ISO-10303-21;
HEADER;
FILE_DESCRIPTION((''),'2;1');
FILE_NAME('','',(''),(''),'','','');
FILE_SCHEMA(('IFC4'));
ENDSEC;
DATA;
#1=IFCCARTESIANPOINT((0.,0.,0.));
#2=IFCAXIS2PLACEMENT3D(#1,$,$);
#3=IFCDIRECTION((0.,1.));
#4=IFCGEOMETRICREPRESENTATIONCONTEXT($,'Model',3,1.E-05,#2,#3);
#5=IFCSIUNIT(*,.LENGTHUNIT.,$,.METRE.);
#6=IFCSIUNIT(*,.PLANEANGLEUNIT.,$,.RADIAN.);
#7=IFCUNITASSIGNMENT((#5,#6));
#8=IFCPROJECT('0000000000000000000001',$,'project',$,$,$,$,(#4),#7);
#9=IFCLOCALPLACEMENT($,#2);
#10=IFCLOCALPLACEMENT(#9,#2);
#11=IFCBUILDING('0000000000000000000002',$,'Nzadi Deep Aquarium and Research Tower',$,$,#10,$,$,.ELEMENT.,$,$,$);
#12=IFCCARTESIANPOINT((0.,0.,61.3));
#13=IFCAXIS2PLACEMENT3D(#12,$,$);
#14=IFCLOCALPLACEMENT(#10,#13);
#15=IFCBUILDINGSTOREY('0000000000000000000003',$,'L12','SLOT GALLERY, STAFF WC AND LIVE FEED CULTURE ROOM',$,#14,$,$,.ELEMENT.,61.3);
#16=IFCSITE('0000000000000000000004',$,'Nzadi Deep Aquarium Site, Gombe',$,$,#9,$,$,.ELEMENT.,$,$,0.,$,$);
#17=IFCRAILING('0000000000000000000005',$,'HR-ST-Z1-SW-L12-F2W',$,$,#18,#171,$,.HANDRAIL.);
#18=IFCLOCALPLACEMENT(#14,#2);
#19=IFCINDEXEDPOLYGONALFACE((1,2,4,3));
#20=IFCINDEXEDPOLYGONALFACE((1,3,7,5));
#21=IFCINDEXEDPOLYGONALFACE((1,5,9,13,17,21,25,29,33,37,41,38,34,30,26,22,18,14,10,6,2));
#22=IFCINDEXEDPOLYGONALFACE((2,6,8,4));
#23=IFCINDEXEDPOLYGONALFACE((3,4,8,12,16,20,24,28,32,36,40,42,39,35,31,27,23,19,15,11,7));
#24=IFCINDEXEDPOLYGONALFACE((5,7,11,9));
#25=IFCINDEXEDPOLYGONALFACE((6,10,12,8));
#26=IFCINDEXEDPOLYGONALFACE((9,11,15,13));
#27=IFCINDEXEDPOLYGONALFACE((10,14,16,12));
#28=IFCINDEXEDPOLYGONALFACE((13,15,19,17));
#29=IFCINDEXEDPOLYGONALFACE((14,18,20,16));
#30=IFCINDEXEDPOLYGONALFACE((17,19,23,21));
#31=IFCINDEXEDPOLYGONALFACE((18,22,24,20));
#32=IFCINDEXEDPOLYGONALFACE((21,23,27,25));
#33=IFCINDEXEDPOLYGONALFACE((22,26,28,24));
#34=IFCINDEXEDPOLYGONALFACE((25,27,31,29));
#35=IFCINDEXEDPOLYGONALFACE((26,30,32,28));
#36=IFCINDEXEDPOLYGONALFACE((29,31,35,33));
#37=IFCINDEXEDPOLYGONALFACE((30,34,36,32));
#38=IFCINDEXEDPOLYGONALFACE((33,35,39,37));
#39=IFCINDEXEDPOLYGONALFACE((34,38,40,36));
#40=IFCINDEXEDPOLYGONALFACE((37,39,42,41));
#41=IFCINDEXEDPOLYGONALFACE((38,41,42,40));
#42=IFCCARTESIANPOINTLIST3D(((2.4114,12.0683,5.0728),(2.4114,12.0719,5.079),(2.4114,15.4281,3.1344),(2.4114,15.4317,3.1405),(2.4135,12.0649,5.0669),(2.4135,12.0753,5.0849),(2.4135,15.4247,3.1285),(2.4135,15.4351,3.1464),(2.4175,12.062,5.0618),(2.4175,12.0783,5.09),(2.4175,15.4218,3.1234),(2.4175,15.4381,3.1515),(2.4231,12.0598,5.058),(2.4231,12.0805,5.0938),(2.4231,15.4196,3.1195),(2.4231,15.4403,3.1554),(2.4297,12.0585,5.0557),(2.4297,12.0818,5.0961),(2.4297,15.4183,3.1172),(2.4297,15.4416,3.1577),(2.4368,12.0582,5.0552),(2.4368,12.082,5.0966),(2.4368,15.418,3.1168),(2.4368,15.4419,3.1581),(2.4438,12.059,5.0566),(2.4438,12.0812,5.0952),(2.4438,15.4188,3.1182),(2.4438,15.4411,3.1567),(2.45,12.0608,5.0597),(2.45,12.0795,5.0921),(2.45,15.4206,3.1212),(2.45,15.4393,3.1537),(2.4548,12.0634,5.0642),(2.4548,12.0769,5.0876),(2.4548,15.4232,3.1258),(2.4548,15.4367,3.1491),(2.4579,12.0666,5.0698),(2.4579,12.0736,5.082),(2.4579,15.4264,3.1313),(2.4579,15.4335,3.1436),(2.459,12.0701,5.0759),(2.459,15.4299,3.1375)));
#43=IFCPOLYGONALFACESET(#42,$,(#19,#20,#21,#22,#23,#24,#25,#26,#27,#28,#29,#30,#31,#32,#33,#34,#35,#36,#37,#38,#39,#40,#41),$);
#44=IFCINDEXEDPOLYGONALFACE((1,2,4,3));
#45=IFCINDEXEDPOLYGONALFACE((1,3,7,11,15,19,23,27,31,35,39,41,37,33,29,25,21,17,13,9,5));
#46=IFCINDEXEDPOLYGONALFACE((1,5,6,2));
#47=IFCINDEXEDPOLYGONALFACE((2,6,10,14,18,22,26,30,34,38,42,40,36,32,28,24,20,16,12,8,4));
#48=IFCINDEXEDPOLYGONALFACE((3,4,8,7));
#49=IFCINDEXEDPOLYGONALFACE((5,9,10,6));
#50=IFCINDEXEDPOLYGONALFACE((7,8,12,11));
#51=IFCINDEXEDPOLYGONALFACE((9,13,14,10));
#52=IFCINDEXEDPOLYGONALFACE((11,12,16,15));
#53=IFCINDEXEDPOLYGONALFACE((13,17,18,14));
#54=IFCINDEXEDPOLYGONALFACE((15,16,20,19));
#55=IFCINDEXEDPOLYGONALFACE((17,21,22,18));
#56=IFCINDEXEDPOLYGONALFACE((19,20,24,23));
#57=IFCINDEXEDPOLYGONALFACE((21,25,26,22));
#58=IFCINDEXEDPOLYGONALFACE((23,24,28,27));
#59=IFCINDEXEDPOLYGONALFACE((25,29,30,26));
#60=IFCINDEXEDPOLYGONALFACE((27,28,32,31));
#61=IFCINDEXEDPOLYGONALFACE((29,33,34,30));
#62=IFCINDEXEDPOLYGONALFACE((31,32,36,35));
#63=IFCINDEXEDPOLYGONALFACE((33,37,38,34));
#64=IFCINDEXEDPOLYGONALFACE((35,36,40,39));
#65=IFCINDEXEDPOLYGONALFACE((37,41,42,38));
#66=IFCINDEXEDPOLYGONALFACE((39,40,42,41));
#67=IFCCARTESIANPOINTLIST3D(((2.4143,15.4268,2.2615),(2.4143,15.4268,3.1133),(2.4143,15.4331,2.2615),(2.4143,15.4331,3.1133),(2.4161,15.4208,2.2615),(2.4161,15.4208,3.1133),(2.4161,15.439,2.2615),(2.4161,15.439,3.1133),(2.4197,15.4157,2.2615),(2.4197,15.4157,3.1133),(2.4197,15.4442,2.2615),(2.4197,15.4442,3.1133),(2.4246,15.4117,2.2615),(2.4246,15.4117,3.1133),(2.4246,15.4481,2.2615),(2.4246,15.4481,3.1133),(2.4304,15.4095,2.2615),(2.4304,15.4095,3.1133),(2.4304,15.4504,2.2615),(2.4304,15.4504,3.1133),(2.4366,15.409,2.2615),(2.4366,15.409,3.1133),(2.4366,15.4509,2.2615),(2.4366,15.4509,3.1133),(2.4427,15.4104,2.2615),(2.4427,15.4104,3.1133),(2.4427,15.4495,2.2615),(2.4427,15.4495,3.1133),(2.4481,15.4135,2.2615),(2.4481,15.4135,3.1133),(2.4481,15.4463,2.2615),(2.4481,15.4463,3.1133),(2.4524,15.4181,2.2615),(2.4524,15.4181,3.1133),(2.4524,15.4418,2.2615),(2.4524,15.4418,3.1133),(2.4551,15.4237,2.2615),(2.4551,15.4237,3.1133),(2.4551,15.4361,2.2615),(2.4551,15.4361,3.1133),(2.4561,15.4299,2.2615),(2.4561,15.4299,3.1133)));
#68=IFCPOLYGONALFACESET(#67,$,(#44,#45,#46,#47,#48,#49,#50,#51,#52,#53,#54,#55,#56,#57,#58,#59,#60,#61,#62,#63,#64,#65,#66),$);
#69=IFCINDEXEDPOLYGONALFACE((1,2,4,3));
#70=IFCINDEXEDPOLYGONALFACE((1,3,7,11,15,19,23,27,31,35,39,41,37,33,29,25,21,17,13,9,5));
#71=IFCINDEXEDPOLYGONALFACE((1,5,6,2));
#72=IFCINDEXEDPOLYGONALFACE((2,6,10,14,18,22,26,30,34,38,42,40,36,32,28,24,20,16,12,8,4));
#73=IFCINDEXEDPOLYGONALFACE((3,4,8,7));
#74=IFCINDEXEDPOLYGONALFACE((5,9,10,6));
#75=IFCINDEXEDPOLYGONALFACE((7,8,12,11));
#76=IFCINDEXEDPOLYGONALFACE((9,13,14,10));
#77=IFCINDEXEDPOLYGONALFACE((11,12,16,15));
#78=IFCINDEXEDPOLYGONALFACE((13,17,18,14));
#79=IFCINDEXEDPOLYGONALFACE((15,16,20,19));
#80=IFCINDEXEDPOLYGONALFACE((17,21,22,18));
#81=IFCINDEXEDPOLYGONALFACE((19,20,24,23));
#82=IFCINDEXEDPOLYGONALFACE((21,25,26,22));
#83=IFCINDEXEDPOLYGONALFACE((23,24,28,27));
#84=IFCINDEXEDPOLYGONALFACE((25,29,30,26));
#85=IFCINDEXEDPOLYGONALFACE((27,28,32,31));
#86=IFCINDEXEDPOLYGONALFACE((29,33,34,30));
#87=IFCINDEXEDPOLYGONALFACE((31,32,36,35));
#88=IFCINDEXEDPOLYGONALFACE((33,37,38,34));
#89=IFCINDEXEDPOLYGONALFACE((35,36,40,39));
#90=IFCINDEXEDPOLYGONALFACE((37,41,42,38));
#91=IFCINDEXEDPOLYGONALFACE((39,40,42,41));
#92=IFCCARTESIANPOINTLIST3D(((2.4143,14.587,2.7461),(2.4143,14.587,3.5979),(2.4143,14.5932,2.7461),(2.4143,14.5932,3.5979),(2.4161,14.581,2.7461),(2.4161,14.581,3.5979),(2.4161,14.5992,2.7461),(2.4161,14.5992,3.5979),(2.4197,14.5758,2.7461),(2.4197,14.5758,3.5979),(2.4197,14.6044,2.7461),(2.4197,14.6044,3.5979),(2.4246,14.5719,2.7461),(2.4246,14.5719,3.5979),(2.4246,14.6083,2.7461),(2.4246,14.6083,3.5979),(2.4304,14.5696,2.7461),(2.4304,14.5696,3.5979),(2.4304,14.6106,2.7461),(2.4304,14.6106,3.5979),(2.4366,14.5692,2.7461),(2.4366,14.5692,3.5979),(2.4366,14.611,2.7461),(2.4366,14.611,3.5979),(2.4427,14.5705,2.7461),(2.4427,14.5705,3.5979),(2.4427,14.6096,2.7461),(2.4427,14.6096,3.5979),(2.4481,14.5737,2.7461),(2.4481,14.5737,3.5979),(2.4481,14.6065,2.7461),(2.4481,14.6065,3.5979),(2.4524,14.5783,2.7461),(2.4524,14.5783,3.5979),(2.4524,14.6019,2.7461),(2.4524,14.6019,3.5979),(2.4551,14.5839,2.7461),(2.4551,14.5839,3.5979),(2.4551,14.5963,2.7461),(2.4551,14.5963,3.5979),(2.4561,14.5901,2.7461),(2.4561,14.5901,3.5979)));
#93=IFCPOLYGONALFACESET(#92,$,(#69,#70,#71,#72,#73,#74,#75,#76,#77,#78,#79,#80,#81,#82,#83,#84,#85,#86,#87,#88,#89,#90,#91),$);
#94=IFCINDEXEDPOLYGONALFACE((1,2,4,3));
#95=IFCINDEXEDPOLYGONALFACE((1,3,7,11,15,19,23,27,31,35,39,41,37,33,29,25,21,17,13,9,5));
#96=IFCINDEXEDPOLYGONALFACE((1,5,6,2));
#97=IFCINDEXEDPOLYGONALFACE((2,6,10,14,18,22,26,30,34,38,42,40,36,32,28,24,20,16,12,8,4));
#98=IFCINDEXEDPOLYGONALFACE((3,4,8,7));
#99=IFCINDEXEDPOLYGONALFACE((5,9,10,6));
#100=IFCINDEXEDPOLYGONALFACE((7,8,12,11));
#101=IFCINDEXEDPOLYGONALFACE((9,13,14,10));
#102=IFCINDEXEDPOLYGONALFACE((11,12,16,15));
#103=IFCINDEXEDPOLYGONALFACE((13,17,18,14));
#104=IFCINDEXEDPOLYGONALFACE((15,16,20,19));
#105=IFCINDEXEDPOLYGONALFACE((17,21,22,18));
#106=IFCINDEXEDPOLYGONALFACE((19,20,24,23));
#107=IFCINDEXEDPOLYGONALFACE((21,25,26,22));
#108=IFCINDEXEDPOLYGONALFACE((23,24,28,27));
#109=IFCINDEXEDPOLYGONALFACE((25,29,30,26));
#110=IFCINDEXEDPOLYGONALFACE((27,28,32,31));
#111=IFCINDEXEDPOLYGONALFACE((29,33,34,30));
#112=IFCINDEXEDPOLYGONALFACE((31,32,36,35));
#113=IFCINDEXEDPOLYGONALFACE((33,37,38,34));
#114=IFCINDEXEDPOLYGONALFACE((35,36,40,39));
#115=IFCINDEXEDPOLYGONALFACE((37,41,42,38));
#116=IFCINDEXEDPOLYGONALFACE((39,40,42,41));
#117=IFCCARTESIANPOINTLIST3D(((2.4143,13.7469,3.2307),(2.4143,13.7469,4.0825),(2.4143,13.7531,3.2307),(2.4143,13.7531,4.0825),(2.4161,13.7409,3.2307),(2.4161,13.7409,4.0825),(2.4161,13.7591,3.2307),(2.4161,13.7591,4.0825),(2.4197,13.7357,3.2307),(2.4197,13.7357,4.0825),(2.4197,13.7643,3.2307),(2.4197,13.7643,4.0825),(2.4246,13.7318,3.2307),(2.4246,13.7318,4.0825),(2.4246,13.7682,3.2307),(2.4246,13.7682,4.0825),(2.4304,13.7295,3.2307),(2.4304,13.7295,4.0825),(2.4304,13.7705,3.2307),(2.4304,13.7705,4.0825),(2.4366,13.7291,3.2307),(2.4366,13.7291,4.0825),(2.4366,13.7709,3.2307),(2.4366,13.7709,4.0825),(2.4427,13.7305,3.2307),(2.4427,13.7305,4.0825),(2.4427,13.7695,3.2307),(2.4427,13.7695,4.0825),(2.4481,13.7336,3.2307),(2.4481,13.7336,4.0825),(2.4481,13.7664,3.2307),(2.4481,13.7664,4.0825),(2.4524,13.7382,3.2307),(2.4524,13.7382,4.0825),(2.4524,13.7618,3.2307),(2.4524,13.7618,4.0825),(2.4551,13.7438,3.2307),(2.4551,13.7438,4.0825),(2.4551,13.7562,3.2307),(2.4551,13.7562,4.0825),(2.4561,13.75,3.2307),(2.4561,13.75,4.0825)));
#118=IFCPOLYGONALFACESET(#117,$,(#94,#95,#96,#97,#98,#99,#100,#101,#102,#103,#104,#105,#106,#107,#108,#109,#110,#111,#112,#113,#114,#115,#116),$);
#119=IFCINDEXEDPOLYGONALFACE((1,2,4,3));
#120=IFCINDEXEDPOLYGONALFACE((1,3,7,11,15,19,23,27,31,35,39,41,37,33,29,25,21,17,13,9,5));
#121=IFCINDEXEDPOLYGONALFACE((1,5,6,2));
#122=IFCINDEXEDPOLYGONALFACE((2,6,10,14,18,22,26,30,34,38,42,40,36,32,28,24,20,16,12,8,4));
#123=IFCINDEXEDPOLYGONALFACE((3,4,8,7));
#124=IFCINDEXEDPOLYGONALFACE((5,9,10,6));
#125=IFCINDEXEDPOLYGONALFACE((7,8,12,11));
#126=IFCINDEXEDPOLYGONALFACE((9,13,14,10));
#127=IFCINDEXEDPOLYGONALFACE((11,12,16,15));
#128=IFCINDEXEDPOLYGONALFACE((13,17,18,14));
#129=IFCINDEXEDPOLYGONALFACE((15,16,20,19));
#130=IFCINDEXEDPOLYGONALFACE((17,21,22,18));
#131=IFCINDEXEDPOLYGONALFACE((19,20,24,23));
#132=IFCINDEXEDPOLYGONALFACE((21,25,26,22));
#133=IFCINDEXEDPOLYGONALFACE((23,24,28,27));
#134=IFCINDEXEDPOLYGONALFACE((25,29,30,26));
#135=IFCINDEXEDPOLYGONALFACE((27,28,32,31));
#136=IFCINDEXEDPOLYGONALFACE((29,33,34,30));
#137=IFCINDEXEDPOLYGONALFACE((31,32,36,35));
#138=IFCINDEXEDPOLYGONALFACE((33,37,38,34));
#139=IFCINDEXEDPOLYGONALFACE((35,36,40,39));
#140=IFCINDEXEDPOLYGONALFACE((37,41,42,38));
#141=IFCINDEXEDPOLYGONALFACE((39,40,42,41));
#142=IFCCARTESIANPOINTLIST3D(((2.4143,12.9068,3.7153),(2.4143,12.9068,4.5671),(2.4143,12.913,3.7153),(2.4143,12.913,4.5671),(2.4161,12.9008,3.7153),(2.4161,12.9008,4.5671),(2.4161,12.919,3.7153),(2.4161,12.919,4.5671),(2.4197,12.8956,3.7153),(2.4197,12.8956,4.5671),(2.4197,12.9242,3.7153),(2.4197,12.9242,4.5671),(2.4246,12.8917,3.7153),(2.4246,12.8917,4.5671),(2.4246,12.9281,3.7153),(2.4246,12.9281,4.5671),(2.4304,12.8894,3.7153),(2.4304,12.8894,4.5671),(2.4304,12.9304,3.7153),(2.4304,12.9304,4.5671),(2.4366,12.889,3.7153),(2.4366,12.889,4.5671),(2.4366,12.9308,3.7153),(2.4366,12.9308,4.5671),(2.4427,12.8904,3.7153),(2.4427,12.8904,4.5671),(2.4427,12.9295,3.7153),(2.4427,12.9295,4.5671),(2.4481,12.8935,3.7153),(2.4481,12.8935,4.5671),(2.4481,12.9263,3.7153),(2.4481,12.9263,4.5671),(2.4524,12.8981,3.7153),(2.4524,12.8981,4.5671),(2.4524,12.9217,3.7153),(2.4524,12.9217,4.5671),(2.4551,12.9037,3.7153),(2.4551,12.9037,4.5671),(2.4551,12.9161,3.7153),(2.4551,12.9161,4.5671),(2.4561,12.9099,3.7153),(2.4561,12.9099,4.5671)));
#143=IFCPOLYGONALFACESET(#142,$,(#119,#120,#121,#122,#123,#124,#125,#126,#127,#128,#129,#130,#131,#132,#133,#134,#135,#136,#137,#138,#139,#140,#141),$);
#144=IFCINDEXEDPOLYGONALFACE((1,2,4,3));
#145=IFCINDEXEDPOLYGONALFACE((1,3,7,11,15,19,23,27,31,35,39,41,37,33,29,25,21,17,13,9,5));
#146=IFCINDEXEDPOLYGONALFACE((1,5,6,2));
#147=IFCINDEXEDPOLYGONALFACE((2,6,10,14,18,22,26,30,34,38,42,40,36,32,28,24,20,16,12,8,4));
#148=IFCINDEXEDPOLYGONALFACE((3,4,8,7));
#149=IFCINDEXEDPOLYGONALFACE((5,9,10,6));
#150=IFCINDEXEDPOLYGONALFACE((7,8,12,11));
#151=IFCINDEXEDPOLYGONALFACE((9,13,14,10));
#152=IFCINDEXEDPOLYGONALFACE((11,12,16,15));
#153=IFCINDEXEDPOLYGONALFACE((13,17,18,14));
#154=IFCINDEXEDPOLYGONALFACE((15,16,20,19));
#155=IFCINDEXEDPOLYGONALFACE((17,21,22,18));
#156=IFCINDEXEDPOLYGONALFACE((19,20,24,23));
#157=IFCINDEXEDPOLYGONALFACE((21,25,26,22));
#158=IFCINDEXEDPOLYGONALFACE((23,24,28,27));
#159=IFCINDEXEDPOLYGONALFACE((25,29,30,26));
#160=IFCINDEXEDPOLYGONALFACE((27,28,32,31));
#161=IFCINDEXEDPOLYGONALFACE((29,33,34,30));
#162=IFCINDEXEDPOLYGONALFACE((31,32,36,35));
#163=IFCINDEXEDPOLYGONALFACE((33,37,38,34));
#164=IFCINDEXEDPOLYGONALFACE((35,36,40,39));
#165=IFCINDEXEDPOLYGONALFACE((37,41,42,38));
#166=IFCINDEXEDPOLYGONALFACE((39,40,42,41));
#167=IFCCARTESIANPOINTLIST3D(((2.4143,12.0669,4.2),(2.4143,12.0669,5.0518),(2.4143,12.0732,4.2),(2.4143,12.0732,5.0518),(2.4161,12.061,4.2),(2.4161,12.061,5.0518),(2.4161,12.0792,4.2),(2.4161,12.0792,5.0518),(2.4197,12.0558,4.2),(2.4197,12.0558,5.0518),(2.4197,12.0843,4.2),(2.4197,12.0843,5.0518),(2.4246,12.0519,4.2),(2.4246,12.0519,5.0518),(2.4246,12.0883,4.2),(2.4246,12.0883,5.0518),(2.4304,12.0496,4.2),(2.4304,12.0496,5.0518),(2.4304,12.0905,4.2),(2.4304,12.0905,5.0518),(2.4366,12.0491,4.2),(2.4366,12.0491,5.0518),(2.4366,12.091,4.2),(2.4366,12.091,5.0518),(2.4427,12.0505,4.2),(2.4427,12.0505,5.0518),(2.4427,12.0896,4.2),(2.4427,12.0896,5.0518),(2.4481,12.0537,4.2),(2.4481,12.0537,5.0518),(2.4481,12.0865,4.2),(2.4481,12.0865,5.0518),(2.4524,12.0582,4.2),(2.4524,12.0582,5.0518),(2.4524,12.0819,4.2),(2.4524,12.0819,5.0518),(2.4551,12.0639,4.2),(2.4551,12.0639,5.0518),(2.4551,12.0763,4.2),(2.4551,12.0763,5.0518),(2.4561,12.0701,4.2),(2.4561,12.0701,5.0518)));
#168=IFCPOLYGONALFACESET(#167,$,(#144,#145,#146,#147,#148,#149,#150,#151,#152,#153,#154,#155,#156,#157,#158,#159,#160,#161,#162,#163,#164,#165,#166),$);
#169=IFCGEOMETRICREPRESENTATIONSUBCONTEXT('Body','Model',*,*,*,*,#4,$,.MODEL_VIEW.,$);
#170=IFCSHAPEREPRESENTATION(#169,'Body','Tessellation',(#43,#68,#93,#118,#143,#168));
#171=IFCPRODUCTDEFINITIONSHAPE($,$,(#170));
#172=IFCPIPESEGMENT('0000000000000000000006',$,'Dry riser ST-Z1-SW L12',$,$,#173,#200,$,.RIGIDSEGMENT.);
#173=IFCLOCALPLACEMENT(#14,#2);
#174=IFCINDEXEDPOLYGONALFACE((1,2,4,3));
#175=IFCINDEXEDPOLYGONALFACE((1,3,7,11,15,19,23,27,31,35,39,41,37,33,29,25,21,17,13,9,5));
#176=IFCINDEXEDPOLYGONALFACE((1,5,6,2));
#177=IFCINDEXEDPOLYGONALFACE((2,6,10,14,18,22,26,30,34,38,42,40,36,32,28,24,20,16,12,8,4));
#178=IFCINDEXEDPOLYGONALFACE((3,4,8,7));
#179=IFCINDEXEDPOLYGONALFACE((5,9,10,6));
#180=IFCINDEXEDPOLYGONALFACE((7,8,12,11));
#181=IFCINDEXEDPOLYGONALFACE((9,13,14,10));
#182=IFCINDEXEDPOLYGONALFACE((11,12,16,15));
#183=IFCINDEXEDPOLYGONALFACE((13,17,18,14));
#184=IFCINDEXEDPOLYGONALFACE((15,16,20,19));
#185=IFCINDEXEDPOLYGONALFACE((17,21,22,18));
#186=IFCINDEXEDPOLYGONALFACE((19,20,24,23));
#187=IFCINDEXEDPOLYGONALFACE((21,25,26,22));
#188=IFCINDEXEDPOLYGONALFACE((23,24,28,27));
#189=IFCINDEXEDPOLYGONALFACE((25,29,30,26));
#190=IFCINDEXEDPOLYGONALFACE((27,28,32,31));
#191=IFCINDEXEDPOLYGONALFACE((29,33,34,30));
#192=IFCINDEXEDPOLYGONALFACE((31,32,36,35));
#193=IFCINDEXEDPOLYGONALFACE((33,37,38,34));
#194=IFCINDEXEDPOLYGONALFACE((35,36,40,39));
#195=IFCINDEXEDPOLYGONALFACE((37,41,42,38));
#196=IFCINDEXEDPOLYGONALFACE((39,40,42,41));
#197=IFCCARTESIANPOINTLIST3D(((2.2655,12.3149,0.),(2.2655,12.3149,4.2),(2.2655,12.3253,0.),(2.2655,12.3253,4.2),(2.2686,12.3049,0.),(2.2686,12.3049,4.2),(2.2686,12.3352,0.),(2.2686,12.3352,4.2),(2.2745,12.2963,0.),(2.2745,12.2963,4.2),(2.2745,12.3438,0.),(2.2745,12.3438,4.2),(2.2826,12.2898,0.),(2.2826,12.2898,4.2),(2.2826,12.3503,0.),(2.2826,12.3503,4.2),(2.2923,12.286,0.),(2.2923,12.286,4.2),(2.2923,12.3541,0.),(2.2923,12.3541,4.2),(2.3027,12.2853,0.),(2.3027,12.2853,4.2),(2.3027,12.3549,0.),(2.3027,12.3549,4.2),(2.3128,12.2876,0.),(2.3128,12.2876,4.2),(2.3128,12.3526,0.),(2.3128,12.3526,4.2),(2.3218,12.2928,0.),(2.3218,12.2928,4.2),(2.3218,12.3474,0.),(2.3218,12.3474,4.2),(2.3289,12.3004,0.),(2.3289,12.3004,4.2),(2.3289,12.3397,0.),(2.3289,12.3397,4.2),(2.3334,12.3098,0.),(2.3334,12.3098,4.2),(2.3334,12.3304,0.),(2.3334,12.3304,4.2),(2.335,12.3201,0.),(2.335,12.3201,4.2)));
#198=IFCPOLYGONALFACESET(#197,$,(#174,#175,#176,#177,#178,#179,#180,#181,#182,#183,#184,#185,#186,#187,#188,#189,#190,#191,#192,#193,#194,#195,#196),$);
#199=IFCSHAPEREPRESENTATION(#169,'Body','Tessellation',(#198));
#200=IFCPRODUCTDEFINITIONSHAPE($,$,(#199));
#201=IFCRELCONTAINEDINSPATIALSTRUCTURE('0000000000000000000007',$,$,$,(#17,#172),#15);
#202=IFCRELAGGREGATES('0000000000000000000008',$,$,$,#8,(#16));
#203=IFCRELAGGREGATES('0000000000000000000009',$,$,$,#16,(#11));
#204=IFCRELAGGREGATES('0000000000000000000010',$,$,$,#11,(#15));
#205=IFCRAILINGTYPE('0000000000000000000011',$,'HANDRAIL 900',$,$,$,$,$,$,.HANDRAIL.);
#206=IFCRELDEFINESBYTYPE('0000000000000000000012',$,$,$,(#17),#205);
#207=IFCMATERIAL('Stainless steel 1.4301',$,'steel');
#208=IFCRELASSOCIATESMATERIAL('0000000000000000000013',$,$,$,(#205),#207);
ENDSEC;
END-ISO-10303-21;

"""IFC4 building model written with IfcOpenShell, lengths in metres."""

from ifc_helpers import new_model, si_unit, direction, frame, origin, origin_2d, place, context, subcontext, project, spatial, circle, extrude, material, type_object, element, save


model = new_model("IFC4")

# Units and contexts
model_context = context("Model", 3, precision=1e-05, world=origin(), true_north=direction((0.0, 1.0)))
body_context = subcontext(model_context, "Body", "Model", "MODEL_VIEW")
ifc_project = project(units=[si_unit("LENGTHUNIT", "METRE"), si_unit("PLANEANGLEUNIT", "RADIAN")], contexts=[model_context])

# Site, building, storey
site_placement = place(None, origin())
site = spatial("IfcSite", under=ifc_project, at=site_placement, Name="Nzadi Deep Aquarium Site, Gombe", CompositionType="ELEMENT", RefElevation=0.0)
building_placement = place(site_placement, origin())
building = spatial("IfcBuilding", under=site, at=building_placement, Name="Nzadi Deep Aquarium and Research Tower", CompositionType="ELEMENT")
storey_placement = place(building_placement, frame((0.0, 0.0, 61.3)))
storey = spatial("IfcBuildingStorey", under=building, at=storey_placement, Name="L12", Description="SLOT GALLERY, STAFF WC AND LIVE FEED CULTURE ROOM", CompositionType="ELEMENT", Elevation=61.3)

# Railing
ifc_material_1 = material(Name="Stainless steel 1.4301", Category="steel")
railing_type = type_object("IfcRailingType", Name="HANDRAIL 900", PredefinedType="HANDRAIL", material=ifc_material_1)
for number, where, name in (
    (1, (2.4351, 15.4299, 2.2615), "HR-ST-Z1-SW-L12-F2W"),
):
    element("IfcRailing", number, at=place(storey_placement, frame(where)), inside=storey, type_object=railing_type, Name=name, PredefinedType="HANDRAIL", context=body_context, shape_type="SweptSolid", body=[
        extrude(circle(Radius=0.0239, at=origin_2d()), frame((0.0, 0.0, 0.876), z_axis=(0.0, -0.866175, 0.499741), x_axis=(1.0, 0.0, 0.0)), (0.0, 0.0, 1.0), 3.8789),
        extrude(circle(Radius=0.021, at=origin_2d()), origin(), (0.0, 0.0, 1.0), 0.8518),
        extrude(circle(Radius=0.021, at=origin_2d()), frame((0.0, -0.8398, 0.4846)), (0.0, 0.0, 1.0), 0.8518),
        extrude(circle(Radius=0.021, at=origin_2d()), frame((0.0, -1.6799, 0.9692)), (0.0, 0.0, 1.0), 0.8518),
        extrude(circle(Radius=0.021, at=origin_2d()), frame((0.0, -2.52, 1.4539)), (0.0, 0.0, 1.0), 0.8518),
        extrude(circle(Radius=0.021, at=origin_2d()), frame((0.0, -3.3599, 1.9385)), (0.0, 0.0, 1.0), 0.8518),
    ])

# Pipe segment
pipe_segment_placement = place(storey_placement, frame((2.3, 12.3201, 0.0), z_axis=(0.0, 0.0, 1.0), x_axis=(1.0, 0.0, 0.0)))
element("IfcPipeSegment", 2, at=pipe_segment_placement, inside=storey, Name="Dry riser ST-Z1-SW L12", PredefinedType="RIGIDSEGMENT", context=body_context, shape_type="SweptSolid", body=[
    extrude(circle(Radius=0.0349, at=origin_2d()), origin(), (0.0, 0.0, 1.0), 4.2),
])

save(model, "model.ifc")
